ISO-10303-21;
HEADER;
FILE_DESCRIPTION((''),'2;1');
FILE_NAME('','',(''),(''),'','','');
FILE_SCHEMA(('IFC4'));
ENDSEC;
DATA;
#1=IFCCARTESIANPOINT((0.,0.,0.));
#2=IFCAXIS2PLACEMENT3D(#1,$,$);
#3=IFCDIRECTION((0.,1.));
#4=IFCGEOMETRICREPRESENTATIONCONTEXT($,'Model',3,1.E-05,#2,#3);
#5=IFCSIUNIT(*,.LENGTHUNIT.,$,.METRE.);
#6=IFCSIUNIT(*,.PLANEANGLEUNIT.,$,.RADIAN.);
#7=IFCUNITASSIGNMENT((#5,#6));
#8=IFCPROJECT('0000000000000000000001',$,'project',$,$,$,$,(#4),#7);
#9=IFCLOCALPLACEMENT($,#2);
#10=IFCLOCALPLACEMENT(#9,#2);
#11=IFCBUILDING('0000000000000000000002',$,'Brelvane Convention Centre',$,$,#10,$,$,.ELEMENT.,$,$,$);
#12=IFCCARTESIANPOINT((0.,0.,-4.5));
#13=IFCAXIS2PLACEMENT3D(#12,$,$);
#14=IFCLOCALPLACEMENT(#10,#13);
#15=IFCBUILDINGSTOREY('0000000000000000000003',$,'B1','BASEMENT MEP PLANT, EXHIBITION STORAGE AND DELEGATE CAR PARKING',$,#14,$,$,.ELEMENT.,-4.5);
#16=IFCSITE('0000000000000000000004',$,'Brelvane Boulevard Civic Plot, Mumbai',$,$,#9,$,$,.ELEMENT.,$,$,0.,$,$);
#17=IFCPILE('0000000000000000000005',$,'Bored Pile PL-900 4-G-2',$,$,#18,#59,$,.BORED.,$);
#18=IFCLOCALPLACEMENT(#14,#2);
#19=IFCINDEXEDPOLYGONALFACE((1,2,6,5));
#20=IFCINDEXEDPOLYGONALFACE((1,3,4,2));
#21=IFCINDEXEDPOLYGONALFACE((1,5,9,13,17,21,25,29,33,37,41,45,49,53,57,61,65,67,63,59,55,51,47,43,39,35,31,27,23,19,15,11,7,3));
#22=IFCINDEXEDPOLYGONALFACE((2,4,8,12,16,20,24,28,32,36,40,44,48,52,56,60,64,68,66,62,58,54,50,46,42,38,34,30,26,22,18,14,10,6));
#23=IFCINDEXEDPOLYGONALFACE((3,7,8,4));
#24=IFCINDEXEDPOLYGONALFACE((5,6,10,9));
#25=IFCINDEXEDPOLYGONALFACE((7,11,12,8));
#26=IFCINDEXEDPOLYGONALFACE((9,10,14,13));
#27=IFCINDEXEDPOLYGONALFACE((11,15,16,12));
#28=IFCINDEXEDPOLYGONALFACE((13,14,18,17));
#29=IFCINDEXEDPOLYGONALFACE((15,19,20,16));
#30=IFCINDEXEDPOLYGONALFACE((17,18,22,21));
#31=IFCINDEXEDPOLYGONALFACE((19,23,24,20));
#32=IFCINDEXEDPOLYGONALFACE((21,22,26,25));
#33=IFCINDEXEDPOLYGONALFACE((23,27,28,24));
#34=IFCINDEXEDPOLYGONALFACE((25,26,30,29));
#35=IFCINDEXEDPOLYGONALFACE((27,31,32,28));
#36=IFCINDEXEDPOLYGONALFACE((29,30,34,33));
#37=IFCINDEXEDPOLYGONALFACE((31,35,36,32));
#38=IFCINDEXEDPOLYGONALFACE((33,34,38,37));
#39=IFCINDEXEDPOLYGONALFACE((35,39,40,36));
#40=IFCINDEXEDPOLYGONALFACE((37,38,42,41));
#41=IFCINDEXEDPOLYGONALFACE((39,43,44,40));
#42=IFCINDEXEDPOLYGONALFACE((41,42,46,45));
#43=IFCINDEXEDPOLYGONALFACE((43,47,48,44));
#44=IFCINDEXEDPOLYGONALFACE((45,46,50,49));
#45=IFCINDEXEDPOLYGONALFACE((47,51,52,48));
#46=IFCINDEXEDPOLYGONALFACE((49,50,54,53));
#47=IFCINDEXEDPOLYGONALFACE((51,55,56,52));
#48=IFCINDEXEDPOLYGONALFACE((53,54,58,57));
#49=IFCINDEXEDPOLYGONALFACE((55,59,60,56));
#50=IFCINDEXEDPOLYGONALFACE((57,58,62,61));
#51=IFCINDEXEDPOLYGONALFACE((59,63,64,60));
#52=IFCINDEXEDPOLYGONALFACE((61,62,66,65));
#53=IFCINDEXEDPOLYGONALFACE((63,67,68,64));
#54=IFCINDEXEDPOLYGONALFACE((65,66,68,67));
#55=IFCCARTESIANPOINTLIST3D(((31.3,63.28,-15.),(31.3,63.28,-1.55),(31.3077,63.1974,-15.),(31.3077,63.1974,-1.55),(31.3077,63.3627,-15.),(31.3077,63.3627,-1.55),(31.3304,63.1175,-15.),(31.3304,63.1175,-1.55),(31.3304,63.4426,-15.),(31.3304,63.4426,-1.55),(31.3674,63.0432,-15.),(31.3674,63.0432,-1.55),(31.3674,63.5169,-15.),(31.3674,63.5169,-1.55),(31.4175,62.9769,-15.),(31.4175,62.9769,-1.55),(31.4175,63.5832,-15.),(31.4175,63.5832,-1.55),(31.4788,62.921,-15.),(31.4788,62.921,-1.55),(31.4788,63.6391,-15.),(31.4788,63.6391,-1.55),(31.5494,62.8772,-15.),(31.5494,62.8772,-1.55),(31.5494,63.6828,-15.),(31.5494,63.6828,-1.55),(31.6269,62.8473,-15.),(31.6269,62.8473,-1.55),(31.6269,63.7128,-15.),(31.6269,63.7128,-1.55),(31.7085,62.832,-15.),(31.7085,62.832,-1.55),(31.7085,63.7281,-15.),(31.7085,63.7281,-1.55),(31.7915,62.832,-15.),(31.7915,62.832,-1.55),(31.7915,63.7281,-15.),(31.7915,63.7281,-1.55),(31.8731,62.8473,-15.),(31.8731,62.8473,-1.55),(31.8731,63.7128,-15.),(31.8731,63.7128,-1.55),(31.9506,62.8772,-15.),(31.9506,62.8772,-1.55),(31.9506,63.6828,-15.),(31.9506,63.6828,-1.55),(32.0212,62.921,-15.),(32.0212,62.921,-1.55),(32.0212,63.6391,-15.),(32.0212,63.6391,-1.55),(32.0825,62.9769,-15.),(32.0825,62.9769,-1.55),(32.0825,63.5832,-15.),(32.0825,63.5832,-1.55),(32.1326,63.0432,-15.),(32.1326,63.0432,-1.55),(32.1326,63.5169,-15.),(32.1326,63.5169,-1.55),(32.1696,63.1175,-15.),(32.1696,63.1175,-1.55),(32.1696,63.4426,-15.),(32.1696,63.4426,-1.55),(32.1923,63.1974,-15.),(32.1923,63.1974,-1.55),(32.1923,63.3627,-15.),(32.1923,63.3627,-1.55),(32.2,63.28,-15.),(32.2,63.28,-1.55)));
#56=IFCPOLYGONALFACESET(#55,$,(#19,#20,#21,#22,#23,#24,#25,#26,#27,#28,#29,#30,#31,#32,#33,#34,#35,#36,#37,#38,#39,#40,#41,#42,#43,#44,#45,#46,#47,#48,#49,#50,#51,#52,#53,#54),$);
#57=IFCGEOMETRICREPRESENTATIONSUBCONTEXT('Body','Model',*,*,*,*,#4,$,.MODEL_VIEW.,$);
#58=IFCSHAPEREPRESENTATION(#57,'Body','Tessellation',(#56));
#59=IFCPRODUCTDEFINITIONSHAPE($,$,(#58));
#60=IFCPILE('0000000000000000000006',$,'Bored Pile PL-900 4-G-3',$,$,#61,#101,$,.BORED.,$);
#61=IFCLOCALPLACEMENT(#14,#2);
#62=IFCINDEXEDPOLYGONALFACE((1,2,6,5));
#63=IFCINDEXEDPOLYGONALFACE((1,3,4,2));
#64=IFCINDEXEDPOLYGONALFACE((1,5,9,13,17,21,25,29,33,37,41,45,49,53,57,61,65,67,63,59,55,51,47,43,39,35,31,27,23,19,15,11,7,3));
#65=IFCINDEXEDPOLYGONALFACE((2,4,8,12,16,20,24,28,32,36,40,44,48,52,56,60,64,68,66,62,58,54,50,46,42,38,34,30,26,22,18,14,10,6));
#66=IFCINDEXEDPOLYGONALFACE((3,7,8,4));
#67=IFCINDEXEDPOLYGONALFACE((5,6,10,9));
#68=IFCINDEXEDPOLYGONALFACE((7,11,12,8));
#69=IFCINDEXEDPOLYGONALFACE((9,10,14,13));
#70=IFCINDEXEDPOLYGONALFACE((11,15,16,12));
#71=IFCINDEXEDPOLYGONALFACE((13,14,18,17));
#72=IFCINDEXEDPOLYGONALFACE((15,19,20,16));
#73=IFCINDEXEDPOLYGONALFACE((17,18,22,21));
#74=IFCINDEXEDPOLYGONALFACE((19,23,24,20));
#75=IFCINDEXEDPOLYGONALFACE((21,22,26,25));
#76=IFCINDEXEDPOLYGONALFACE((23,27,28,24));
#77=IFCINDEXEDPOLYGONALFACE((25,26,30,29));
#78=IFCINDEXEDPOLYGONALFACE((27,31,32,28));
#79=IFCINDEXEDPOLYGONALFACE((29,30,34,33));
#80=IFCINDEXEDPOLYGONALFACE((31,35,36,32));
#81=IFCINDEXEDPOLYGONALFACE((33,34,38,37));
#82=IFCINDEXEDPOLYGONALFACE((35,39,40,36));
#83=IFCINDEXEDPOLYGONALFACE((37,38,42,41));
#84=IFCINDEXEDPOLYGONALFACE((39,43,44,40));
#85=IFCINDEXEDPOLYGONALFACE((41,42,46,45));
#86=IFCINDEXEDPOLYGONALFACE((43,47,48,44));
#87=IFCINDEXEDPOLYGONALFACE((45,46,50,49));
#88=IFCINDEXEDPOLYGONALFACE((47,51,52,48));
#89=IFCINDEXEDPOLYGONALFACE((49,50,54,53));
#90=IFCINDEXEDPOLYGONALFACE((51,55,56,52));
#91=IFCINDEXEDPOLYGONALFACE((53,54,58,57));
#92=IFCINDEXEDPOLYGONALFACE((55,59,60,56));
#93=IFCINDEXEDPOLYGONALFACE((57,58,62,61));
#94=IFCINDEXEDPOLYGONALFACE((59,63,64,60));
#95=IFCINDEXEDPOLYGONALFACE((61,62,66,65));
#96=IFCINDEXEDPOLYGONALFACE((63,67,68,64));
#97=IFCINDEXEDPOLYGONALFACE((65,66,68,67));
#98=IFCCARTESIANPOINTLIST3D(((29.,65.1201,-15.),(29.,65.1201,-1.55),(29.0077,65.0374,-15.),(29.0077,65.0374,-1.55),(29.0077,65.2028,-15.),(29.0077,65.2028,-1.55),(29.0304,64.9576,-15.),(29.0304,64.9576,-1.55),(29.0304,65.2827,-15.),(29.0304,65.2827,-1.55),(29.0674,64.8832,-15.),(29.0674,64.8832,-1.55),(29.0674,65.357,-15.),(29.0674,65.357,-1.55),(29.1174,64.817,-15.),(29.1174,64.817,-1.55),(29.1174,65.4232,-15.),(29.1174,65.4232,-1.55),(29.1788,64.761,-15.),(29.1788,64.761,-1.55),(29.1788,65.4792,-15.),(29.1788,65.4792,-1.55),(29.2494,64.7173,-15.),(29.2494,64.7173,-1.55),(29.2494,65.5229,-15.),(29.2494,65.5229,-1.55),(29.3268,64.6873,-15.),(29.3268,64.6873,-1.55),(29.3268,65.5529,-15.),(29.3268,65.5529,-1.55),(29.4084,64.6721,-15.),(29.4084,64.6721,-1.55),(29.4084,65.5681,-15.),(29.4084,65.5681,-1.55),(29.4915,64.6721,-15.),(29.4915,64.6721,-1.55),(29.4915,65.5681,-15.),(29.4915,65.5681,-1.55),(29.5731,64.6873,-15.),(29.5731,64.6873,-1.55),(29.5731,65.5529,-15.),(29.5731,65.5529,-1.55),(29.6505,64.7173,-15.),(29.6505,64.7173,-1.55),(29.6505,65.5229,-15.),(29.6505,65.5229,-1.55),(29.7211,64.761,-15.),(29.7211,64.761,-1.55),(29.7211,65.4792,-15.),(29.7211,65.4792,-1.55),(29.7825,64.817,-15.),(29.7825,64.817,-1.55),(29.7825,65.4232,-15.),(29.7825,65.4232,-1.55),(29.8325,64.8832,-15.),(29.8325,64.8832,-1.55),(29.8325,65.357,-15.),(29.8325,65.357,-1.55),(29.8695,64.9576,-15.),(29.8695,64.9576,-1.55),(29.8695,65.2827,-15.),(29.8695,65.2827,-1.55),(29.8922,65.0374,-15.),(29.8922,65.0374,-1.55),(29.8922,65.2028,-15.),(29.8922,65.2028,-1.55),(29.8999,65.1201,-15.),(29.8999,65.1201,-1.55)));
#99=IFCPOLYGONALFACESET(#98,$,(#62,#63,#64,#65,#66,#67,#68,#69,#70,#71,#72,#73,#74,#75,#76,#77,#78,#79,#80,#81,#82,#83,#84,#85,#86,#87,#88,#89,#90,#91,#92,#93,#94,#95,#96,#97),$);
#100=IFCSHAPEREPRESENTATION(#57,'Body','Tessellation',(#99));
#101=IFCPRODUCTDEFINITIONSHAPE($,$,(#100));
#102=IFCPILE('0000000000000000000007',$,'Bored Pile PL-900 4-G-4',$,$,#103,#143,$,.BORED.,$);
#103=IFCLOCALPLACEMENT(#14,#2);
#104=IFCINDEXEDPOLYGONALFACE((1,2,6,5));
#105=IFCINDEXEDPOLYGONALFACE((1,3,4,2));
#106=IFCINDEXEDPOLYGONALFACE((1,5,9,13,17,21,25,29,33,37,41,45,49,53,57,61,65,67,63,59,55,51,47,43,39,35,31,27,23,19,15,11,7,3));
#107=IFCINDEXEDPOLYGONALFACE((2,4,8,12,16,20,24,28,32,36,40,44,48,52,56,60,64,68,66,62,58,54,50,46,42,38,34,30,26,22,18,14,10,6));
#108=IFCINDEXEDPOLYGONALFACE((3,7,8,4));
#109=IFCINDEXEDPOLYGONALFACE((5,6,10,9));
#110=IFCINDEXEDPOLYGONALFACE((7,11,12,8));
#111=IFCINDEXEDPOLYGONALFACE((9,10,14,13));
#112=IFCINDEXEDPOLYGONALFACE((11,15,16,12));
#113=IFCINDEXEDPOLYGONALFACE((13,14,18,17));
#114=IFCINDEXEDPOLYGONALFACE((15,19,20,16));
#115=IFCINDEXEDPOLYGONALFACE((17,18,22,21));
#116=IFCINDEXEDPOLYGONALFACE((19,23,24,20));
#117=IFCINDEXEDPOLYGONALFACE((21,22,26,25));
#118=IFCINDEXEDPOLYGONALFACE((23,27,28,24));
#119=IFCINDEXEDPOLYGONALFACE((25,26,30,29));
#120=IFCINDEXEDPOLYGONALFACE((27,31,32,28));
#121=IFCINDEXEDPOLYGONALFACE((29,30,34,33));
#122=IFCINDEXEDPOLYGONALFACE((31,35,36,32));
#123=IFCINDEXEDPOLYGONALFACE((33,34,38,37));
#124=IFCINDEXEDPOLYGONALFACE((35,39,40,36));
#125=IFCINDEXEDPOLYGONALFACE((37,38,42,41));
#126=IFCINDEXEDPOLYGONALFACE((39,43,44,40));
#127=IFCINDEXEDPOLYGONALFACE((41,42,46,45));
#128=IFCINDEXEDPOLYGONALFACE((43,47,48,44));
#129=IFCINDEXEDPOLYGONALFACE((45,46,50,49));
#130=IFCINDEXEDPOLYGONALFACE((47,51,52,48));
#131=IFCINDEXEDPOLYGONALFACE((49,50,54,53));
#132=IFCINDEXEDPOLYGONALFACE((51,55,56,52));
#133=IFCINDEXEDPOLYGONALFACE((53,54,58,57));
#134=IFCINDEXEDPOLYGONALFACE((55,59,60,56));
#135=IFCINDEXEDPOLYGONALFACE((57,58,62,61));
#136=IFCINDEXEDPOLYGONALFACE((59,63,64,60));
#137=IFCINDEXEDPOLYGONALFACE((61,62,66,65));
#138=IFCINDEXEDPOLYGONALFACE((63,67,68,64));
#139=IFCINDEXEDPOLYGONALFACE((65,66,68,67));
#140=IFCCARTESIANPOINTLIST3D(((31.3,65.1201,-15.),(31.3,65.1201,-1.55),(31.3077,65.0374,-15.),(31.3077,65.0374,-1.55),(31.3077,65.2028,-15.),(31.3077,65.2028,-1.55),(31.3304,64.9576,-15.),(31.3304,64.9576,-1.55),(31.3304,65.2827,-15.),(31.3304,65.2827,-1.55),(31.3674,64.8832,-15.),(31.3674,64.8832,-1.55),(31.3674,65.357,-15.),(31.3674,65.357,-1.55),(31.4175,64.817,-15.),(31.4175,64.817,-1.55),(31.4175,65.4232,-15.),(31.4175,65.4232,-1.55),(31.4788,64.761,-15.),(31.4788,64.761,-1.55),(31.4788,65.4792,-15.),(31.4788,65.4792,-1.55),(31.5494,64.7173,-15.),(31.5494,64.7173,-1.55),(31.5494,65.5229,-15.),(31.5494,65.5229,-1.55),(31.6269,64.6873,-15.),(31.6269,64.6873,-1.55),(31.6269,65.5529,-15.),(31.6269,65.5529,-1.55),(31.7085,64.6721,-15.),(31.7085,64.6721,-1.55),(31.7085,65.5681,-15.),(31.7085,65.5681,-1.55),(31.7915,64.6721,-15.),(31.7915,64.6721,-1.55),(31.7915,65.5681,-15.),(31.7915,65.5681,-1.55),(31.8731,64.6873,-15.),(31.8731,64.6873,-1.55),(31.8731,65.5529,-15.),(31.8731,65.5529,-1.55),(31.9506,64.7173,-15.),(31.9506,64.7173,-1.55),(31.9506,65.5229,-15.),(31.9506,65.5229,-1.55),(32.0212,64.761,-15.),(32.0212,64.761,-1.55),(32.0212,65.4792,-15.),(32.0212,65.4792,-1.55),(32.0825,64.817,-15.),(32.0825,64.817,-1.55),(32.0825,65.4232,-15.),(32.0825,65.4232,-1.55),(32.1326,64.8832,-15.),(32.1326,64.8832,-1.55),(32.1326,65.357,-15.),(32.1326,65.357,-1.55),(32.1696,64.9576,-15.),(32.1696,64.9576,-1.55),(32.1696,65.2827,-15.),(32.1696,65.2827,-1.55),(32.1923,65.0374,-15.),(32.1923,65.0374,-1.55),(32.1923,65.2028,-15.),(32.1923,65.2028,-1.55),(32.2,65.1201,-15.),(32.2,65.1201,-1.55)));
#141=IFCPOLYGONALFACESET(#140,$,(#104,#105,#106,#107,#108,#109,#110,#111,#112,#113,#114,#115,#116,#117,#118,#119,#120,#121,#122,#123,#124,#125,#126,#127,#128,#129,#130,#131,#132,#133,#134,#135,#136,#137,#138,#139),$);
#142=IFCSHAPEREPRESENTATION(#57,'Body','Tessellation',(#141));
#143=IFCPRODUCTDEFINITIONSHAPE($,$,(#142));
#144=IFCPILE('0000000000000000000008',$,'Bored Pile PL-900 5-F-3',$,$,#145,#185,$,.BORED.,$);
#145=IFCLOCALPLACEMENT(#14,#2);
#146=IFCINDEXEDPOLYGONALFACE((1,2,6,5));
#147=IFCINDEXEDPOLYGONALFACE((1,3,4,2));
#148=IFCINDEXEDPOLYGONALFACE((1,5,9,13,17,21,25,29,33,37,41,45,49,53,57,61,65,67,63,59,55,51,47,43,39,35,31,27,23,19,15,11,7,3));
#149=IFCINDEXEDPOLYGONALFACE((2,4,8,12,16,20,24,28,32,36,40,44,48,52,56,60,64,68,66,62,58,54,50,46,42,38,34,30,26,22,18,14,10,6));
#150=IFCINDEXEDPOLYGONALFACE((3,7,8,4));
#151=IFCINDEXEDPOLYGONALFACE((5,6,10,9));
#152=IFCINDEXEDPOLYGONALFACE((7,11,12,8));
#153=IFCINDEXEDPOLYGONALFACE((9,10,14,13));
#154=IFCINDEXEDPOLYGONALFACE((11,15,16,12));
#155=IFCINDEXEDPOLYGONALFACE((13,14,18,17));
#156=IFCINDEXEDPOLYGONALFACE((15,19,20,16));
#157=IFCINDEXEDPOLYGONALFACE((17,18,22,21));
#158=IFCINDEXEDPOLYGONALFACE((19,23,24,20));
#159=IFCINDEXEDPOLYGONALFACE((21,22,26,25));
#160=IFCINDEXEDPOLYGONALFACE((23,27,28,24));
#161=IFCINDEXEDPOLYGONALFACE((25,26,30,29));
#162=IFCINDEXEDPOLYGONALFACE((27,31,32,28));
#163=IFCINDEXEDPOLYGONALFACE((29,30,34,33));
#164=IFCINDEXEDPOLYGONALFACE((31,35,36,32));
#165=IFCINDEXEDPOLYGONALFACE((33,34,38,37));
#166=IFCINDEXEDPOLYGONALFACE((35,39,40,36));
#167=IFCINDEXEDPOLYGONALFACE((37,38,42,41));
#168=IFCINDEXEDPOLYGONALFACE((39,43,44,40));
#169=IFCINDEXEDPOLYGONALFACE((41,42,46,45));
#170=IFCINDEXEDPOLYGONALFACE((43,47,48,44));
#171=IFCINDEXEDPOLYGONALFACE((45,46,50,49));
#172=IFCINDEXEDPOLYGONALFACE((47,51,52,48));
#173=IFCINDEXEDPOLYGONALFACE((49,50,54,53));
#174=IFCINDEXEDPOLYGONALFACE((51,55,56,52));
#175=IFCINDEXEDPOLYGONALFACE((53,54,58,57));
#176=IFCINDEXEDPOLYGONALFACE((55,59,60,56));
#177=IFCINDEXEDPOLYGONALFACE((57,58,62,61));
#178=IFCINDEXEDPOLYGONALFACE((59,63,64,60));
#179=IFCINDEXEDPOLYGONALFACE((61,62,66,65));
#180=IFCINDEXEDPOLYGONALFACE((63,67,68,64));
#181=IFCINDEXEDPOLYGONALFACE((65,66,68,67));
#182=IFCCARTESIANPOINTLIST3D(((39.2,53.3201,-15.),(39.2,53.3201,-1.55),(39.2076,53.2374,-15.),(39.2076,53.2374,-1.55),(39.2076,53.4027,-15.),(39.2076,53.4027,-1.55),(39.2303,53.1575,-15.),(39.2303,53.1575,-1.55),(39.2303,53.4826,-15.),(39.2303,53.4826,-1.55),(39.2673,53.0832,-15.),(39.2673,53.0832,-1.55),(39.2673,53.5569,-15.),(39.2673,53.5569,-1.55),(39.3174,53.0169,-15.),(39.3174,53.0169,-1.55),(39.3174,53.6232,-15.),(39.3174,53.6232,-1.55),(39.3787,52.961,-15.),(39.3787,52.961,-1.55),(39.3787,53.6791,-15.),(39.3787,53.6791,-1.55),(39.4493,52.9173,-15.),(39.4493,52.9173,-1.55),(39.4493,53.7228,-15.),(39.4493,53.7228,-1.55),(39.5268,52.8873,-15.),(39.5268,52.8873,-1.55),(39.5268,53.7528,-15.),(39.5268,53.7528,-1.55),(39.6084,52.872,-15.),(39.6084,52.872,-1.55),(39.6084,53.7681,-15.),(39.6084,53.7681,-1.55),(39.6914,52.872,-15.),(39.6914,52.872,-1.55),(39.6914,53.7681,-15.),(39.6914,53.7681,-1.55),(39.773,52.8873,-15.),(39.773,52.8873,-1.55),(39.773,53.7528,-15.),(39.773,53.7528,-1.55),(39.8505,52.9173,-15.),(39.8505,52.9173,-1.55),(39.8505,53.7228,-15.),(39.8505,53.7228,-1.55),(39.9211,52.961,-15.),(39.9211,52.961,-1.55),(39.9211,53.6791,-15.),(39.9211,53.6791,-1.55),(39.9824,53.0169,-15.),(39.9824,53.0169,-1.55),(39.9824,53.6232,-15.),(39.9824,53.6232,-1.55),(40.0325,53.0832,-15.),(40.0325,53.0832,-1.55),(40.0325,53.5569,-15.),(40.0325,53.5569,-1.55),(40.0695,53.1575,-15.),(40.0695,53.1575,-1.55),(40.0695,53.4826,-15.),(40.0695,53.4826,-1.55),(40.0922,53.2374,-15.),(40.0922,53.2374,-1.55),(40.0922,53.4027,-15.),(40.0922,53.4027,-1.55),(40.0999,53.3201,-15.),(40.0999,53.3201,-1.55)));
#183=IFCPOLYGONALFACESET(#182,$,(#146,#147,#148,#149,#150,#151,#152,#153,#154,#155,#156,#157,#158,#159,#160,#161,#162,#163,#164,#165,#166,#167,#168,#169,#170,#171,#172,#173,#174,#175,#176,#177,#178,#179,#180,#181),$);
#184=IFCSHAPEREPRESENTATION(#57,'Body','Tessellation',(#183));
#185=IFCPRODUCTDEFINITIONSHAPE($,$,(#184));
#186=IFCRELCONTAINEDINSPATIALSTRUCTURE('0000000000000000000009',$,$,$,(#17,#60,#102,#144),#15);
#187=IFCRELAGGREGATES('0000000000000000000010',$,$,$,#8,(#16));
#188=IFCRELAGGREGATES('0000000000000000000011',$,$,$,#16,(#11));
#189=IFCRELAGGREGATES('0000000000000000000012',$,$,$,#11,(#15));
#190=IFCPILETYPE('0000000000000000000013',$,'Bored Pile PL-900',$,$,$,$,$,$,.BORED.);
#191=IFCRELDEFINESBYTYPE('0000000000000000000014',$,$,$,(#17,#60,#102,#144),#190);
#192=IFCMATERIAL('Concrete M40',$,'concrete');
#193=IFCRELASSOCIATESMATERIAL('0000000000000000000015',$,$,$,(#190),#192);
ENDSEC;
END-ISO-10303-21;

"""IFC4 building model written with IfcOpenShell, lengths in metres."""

from ifc_helpers import new_model, si_unit, direction, frame, origin, origin_2d, place, context, subcontext, project, spatial, circle, extrude, material, material_profile, profile_set, type_object, element, save


model = new_model("IFC4")

# Units and contexts
model_context = context("Model", 3, precision=1e-05, world=origin(), true_north=direction((0.0, 1.0)))
body_context = subcontext(model_context, "Body", "Model", "MODEL_VIEW")
ifc_project = project(units=[si_unit("LENGTHUNIT", "METRE"), si_unit("PLANEANGLEUNIT", "RADIAN")], contexts=[model_context])

# Site, building, storey
site_placement = place(None, origin())
site = spatial("IfcSite", under=ifc_project, at=site_placement, Name="Brelvane Boulevard Civic Plot, Mumbai", CompositionType="ELEMENT", RefElevation=0.0)
building_placement = place(site_placement, origin())
building = spatial("IfcBuilding", under=site, at=building_placement, Name="Brelvane Convention Centre", CompositionType="ELEMENT")
storey_placement = place(building_placement, frame((0.0, 0.0, -4.5)))
storey = spatial("IfcBuildingStorey", under=building, at=storey_placement, Name="B1", Description="BASEMENT MEP PLANT, EXHIBITION STORAGE AND DELEGATE CAR PARKING", CompositionType="ELEMENT", Elevation=-4.5)

# Piles
ifc_material_1 = material(Name="Concrete M40", Category="concrete")
ifc_material_profile_1 = material_profile(ifc_material_1, circle(Radius=0.45, at=origin_2d()), Name="PILE D900")
ifc_profile_set_1 = profile_set([ifc_material_profile_1], Name="Concrete M40")
pile_type = type_object("IfcPileType", Name="Bored Pile PL-900", PredefinedType="BORED", material=ifc_profile_set_1)
for number, where, z_axis, x_axis, name in (
    (1, (31.75, 63.28, -1.55), (0.0, 0.0, -1.0), (1.0, 0.0, 0.0), "Bored Pile PL-900 4-G-2"),
    (2, (29.45, 65.1201, -1.55), (0.0, 0.0, -1.0), (1.0, 0.0, 0.0), "Bored Pile PL-900 4-G-3"),
    (3, (31.75, 65.1201, -1.55), (0.0, 0.0, -1.0), (1.0, 0.0, 0.0), "Bored Pile PL-900 4-G-4"),
    (4, (39.6499, 53.3201, -1.55), (0.0, 0.0, -1.0), (1.0, 0.0, 0.0), "Bored Pile PL-900 5-F-3"),
):
    element("IfcPile", number, at=place(storey_placement, frame(where, z_axis=z_axis, x_axis=x_axis)), inside=storey, type_object=pile_type, Name=name, PredefinedType="BORED", context=body_context, shape_type="SweptSolid", body=[
        extrude(circle(Radius=0.45, at=origin_2d()), origin(), (0.0, 0.0, 1.0), 13.45),
    ])

save(model, "model.ifc")
